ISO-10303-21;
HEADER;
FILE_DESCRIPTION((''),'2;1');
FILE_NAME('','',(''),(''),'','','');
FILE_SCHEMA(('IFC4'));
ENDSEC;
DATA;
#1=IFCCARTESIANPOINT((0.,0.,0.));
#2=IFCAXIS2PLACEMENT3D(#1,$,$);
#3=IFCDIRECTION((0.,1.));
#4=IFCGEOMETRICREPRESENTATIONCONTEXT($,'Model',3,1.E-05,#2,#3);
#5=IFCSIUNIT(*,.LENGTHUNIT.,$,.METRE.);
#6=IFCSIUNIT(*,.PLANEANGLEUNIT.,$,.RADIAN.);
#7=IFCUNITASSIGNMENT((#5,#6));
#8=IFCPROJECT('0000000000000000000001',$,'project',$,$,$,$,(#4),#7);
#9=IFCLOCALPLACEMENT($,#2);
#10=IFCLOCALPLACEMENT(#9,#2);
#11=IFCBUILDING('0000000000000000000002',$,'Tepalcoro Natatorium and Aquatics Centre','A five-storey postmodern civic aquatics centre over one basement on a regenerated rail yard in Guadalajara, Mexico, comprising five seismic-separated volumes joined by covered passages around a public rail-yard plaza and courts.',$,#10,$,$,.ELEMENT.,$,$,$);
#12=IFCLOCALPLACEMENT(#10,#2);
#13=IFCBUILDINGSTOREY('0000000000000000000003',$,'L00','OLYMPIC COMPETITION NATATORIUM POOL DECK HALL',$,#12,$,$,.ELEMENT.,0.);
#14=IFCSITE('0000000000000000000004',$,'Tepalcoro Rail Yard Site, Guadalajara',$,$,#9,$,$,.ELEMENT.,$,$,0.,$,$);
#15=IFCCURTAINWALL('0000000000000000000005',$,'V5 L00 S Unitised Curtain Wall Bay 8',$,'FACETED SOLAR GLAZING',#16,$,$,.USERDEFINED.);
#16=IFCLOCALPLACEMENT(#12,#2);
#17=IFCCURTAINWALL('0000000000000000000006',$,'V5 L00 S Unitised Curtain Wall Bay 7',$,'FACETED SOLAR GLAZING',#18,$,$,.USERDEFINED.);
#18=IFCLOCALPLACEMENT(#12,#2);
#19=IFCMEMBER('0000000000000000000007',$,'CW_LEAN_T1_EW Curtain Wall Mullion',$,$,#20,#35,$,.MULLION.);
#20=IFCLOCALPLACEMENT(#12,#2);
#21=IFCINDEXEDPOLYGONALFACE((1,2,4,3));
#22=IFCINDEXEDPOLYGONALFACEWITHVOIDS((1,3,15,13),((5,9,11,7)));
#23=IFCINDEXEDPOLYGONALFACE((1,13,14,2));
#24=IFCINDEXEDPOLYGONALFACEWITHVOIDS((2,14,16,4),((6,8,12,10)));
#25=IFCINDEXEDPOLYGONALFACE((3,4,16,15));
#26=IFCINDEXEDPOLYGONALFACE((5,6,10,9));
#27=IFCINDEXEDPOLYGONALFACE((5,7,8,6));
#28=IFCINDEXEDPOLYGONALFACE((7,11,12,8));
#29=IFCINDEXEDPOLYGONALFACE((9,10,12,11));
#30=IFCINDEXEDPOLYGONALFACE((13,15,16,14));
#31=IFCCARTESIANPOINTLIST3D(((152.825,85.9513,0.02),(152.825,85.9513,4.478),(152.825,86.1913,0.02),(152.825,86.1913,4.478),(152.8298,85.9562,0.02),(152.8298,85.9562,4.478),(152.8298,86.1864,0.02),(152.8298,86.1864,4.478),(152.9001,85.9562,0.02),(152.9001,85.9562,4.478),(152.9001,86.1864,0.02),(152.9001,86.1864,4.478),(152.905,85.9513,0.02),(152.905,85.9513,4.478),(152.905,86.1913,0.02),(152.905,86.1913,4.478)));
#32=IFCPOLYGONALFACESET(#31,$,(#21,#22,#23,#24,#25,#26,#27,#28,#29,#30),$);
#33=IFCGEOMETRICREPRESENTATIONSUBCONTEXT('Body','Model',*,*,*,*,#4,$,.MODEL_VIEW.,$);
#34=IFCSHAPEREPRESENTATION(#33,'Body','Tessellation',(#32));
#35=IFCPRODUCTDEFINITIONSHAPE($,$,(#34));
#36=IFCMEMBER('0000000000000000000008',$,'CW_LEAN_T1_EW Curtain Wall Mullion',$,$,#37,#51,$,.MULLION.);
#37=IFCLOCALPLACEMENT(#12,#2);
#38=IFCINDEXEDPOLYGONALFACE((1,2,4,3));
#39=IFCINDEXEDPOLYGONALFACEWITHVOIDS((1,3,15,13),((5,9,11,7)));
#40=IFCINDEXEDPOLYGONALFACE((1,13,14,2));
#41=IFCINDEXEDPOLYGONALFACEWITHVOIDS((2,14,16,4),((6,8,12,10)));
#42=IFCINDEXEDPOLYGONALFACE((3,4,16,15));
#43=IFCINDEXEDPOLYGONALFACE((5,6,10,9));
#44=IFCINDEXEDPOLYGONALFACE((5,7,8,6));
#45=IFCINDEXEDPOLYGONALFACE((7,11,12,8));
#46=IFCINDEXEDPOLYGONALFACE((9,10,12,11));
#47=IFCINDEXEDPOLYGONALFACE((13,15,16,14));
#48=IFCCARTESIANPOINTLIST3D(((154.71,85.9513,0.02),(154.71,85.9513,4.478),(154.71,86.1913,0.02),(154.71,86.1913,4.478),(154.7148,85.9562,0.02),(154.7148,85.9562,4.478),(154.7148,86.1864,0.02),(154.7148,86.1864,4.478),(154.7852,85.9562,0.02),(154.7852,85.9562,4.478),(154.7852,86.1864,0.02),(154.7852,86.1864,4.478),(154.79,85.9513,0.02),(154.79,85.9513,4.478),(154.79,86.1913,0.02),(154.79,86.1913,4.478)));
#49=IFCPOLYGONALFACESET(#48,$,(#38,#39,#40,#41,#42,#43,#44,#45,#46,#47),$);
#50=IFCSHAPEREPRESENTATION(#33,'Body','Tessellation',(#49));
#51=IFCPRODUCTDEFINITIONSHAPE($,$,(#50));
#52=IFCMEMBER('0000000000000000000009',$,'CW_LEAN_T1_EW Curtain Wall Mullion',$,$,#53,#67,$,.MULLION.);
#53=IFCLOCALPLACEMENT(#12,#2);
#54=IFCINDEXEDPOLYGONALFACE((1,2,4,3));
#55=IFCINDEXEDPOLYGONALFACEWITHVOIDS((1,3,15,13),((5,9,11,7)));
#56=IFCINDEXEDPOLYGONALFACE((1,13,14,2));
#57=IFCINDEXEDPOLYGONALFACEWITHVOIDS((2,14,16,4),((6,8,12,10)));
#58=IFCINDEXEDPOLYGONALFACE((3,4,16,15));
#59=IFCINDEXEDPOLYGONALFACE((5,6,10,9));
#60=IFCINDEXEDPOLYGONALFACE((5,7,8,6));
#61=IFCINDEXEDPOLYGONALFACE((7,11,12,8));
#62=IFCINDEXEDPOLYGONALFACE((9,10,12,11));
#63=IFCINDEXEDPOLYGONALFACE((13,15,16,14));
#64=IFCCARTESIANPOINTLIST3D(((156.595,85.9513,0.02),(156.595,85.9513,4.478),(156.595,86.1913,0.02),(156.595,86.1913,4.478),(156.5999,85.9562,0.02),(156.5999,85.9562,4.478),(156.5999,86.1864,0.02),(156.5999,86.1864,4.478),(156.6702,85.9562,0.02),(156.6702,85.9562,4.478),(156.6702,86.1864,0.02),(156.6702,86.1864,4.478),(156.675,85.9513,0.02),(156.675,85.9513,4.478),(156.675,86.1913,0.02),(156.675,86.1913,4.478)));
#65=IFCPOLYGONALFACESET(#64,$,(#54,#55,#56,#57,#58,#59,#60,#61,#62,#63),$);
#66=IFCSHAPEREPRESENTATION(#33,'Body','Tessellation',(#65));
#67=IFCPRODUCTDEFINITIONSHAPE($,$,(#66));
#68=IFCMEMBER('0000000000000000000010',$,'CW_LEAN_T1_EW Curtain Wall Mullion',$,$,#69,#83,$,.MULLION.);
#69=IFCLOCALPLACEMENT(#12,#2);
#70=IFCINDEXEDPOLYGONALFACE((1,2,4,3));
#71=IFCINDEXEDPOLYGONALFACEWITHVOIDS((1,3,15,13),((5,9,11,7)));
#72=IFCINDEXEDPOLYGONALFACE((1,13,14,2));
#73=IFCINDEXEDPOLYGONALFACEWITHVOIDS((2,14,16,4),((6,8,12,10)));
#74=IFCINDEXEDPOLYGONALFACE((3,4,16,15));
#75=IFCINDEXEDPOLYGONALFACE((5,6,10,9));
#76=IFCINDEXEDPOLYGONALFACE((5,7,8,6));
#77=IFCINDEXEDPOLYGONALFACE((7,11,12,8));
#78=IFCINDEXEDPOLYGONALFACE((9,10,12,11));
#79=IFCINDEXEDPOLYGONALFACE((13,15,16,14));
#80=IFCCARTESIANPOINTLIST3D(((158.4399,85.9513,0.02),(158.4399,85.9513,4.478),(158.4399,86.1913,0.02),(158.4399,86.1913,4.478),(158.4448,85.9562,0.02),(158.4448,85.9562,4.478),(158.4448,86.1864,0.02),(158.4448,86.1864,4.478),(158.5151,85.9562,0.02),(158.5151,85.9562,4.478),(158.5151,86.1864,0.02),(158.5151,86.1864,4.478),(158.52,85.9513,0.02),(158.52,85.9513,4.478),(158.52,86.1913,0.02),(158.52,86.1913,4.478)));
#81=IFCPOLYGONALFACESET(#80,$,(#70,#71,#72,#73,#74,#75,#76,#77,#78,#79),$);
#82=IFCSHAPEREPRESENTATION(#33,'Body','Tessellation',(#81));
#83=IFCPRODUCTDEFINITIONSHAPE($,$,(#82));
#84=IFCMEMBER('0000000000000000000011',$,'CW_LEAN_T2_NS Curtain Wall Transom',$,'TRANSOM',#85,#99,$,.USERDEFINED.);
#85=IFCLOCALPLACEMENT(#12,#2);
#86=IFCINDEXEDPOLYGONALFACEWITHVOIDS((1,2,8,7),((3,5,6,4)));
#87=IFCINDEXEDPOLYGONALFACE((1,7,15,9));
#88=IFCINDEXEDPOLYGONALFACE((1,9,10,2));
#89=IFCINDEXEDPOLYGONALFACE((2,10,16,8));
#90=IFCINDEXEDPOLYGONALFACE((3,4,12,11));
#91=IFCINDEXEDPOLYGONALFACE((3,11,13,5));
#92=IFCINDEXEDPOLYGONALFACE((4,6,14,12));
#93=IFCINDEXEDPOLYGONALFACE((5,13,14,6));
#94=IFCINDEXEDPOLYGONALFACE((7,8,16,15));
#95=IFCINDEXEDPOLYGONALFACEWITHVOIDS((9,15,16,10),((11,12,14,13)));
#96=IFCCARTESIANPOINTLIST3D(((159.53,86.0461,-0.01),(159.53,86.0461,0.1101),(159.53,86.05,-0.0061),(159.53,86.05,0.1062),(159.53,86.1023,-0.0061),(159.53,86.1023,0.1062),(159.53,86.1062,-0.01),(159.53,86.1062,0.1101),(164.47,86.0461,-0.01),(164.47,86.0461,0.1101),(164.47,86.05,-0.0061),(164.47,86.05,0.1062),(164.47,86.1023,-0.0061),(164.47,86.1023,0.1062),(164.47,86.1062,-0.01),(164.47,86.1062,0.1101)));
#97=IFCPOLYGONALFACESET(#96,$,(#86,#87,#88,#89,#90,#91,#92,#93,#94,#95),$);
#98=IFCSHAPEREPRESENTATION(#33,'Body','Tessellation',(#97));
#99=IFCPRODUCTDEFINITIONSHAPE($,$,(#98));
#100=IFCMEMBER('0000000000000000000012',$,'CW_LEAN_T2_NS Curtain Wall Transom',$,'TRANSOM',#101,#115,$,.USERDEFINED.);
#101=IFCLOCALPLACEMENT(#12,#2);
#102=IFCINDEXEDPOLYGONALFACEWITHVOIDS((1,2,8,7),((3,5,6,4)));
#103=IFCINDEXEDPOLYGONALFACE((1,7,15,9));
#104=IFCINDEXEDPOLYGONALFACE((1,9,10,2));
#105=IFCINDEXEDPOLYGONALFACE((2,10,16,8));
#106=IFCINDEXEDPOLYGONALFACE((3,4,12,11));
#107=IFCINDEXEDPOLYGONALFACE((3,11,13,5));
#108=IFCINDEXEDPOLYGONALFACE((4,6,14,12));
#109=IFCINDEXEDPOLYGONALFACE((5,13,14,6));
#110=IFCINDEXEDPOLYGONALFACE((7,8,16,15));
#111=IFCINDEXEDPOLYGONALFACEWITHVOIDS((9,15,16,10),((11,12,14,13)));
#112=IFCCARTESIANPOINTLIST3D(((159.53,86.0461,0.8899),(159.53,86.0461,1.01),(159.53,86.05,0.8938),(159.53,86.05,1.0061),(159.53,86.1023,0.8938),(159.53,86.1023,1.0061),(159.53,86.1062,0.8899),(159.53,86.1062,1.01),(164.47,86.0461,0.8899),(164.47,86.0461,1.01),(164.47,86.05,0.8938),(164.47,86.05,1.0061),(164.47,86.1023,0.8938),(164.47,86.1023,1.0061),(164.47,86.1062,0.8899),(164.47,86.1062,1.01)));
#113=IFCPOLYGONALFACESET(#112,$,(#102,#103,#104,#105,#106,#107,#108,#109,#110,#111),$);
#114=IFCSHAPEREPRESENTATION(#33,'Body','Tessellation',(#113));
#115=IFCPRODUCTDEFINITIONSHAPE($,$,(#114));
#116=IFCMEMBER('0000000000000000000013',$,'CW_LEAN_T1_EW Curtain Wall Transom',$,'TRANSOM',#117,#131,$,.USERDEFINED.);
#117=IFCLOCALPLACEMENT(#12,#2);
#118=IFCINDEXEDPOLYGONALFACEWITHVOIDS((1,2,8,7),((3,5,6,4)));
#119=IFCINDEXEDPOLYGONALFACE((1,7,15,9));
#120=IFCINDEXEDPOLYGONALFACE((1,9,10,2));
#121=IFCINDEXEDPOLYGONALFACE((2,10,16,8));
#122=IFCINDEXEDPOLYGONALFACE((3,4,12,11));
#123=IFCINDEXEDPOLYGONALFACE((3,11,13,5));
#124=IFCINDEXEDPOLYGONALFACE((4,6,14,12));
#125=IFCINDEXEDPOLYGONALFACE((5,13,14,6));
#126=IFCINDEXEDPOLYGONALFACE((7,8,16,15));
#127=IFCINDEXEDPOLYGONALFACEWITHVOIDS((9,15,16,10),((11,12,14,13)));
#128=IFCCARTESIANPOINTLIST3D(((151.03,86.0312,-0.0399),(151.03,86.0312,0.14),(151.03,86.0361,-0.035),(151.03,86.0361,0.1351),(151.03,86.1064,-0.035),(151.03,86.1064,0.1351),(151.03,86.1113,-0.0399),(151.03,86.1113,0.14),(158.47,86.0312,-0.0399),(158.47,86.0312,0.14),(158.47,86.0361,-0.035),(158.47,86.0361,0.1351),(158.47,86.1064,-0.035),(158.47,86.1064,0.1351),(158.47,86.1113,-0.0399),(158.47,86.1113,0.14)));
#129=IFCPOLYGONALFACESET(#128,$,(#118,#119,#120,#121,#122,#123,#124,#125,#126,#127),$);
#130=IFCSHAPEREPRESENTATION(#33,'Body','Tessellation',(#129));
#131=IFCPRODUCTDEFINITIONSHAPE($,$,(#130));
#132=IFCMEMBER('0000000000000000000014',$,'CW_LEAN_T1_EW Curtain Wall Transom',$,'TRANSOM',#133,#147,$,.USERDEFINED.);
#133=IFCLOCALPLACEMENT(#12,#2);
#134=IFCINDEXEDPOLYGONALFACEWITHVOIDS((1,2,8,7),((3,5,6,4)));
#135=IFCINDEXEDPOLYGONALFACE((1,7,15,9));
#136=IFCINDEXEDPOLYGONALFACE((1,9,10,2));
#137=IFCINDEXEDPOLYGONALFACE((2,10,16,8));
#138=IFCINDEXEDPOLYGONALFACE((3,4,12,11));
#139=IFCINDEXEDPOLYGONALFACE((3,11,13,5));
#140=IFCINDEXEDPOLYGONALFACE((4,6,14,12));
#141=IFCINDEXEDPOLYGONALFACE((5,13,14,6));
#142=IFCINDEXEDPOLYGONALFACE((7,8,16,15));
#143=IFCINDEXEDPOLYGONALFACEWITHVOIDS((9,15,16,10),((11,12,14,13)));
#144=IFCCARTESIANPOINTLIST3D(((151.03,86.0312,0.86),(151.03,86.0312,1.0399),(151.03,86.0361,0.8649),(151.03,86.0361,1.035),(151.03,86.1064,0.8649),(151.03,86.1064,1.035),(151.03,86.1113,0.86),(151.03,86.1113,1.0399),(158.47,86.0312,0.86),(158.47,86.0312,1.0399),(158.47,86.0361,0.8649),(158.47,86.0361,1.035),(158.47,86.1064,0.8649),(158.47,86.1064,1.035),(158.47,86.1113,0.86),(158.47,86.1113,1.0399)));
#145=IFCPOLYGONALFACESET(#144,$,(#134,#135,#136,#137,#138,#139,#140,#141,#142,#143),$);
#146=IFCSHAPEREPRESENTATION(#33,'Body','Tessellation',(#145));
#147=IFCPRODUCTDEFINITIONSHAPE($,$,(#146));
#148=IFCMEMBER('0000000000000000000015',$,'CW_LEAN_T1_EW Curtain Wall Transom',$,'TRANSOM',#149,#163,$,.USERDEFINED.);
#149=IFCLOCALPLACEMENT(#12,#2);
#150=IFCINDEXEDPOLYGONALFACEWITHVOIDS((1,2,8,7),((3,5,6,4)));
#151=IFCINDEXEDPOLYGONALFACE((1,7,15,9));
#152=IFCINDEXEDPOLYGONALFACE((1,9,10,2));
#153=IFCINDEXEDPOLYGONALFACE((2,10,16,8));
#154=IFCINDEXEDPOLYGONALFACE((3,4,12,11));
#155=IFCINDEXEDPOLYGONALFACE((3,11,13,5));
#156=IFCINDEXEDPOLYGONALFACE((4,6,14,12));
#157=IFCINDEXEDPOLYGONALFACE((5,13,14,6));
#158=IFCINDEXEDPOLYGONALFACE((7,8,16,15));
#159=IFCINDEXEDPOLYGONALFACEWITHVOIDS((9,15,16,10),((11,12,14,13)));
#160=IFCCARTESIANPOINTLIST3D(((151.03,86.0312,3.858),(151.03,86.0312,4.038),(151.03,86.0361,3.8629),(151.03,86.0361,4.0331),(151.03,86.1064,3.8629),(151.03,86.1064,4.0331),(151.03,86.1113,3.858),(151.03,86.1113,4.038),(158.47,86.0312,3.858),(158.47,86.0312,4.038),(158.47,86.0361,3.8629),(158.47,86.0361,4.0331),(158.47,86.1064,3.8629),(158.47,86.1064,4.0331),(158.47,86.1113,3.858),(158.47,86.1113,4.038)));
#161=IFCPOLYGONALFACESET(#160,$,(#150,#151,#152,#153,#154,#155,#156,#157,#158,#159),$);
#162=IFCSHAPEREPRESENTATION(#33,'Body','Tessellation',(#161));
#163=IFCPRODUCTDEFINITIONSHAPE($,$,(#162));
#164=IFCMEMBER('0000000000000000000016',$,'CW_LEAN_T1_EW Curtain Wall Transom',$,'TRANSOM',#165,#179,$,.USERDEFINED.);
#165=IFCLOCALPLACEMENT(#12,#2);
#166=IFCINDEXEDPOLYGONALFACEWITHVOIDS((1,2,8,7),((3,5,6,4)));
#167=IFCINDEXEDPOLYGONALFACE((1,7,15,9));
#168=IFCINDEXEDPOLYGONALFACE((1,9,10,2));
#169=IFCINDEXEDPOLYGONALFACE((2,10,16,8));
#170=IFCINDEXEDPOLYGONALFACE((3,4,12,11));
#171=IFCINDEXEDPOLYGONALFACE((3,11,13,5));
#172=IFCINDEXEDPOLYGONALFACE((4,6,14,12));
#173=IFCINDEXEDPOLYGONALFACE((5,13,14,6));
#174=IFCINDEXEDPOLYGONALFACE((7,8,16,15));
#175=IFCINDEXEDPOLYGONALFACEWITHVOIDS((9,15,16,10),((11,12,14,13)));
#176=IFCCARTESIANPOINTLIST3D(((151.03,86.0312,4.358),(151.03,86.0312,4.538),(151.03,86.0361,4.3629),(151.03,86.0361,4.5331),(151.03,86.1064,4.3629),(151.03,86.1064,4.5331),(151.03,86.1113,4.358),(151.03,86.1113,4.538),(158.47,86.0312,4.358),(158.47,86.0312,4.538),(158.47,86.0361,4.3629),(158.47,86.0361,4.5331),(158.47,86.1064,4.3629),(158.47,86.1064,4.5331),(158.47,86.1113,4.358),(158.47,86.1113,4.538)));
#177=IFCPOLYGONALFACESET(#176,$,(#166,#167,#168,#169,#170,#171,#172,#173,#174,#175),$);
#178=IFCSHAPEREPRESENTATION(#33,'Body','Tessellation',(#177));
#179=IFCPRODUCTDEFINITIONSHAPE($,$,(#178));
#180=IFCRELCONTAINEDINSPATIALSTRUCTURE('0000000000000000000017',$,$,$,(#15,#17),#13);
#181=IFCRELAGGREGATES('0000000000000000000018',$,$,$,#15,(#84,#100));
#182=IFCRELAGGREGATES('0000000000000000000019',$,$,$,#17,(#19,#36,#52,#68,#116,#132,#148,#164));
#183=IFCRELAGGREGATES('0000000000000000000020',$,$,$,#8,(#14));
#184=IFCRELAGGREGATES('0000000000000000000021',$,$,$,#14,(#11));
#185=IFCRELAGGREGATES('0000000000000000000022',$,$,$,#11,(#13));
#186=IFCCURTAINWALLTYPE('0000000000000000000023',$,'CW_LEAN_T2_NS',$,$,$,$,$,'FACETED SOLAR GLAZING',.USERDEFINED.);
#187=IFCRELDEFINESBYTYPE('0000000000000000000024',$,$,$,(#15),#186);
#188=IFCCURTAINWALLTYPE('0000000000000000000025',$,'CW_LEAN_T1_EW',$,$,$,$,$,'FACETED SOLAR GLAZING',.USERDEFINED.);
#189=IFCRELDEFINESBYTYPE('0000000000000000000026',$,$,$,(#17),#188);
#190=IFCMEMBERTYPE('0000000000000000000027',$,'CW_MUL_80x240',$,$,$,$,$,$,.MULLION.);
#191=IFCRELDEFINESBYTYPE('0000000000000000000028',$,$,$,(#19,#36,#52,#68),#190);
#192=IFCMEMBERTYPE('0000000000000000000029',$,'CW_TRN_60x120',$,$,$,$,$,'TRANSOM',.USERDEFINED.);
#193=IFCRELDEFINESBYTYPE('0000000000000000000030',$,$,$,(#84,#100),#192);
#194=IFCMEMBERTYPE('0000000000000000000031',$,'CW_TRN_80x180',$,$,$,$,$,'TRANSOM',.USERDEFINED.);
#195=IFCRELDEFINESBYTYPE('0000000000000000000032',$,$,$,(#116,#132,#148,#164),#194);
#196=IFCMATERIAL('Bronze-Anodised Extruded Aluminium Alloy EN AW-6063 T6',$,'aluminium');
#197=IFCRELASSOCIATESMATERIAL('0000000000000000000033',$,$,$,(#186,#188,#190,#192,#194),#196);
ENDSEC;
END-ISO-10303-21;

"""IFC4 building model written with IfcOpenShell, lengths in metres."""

from ifc_helpers import new_model, si_unit, direction, frame, origin, origin_2d, place, context, subcontext, project, spatial, hollow_rectangle, extrude, material, material_profile, profile_set, type_object, element, aggregate, save


model = new_model("IFC4")

# Units and contexts
model_context = context("Model", 3, precision=1e-05, world=origin(), true_north=direction((0.0, 1.0)))
body_context = subcontext(model_context, "Body", "Model", "MODEL_VIEW")
ifc_project = project(units=[si_unit("LENGTHUNIT", "METRE"), si_unit("PLANEANGLEUNIT", "RADIAN")], contexts=[model_context])

# Site, building, storey
site_placement = place(None, origin())
site = spatial("IfcSite", under=ifc_project, at=site_placement, Name="Tepalcoro Rail Yard Site, Guadalajara", CompositionType="ELEMENT", RefElevation=0.0)
building_placement = place(site_placement, origin())
building = spatial("IfcBuilding", under=site, at=building_placement, Name="Tepalcoro Natatorium and Aquatics Centre", Description="A five-storey postmodern civic aquatics centre over one basement on a regenerated rail yard in Guadalajara, Mexico, comprising five seismic-separated volumes joined by covered passages around a public rail-yard plaza and courts.", CompositionType="ELEMENT")
storey_placement = place(building_placement, origin())
storey = spatial("IfcBuildingStorey", under=building, at=storey_placement, Name="L00", Description="OLYMPIC COMPETITION NATATORIUM POOL DECK HALL", CompositionType="ELEMENT", Elevation=0.0)

# Curtain wall
ifc_material_1 = material(Name="Bronze-Anodised Extruded Aluminium Alloy EN AW-6063 T6", Category="aluminium")
curtain_wall_type_1 = type_object("IfcCurtainWallType", Name="CW_LEAN_T2_NS", ElementType="FACETED SOLAR GLAZING", PredefinedType="USERDEFINED", material=ifc_material_1)
curtain_wall_1_placement = place(storey_placement, origin())
curtain_wall_1 = element("IfcCurtainWall", 1, at=curtain_wall_1_placement, inside=storey, type_object=curtain_wall_type_1, Name="V5 L00 S Unitised Curtain Wall Bay 8", ObjectType="FACETED SOLAR GLAZING", PredefinedType="USERDEFINED")

# Curtain wall, members
curtain_wall_type_2 = type_object("IfcCurtainWallType", Name="CW_LEAN_T1_EW", ElementType="FACETED SOLAR GLAZING", PredefinedType="USERDEFINED", material=ifc_material_1)
curtain_wall_2_placement = place(storey_placement, origin())
curtain_wall_2 = element("IfcCurtainWall", 2, at=curtain_wall_2_placement, inside=storey, type_object=curtain_wall_type_2, Name="V5 L00 S Unitised Curtain Wall Bay 7", ObjectType="FACETED SOLAR GLAZING", PredefinedType="USERDEFINED")
ifc_material_profile_1 = material_profile(ifc_material_1, hollow_rectangle(XDim=0.0801, YDim=0.24, WallThickness=0.0049, at=origin_2d()), Name="AL80X240X5")
ifc_profile_set_1 = profile_set([ifc_material_profile_1], Name="Bronze-Anodised Extruded Aluminium Alloy EN AW-6063 T6")
member_type_1 = type_object("IfcMemberType", Name="CW_MUL_80x240", PredefinedType="MULLION", material=ifc_profile_set_1)
member_1_placement = place(storey_placement, frame((152.865, 86.0713, 0.02), z_axis=(0.0, 0.0, 1.0), x_axis=(1.0, 0.0, 0.0)))
member_1 = element("IfcMember", 3, at=member_1_placement, type_object=member_type_1, Name="CW_LEAN_T1_EW Curtain Wall Mullion", PredefinedType="MULLION", context=body_context, shape_type="SweptSolid", body=[
    extrude(hollow_rectangle(XDim=0.0801, YDim=0.24, WallThickness=0.0049, at=origin_2d()), origin(), (0.0, 0.0, 1.0), 4.458),
])
member_2_placement = place(storey_placement, frame((154.75, 86.0713, 0.02), z_axis=(0.0, 0.0, 1.0), x_axis=(1.0, 0.0, 0.0)))
member_2 = element("IfcMember", 4, at=member_2_placement, type_object=member_type_1, Name="CW_LEAN_T1_EW Curtain Wall Mullion", PredefinedType="MULLION", context=body_context, shape_type="SweptSolid", body=[
    extrude(hollow_rectangle(XDim=0.0801, YDim=0.24, WallThickness=0.0049, at=origin_2d()), origin(), (0.0, 0.0, 1.0), 4.458),
])
member_3_placement = place(storey_placement, frame((156.635, 86.0713, 0.02), z_axis=(0.0, 0.0, 1.0), x_axis=(1.0, 0.0, 0.0)))
member_3 = element("IfcMember", 5, at=member_3_placement, type_object=member_type_1, Name="CW_LEAN_T1_EW Curtain Wall Mullion", PredefinedType="MULLION", context=body_context, shape_type="SweptSolid", body=[
    extrude(hollow_rectangle(XDim=0.0801, YDim=0.24, WallThickness=0.0049, at=origin_2d()), origin(), (0.0, 0.0, 1.0), 4.458),
])
member_4_placement = place(storey_placement, frame((158.48, 86.0713, 0.02), z_axis=(0.0, 0.0, 1.0), x_axis=(1.0, 0.0, 0.0)))
member_4 = element("IfcMember", 6, at=member_4_placement, type_object=member_type_1, Name="CW_LEAN_T1_EW Curtain Wall Mullion", PredefinedType="MULLION", context=body_context, shape_type="SweptSolid", body=[
    extrude(hollow_rectangle(XDim=0.0801, YDim=0.24, WallThickness=0.0049, at=origin_2d()), origin(), (0.0, 0.0, 1.0), 4.458),
])

# Members
ifc_material_profile_2 = material_profile(ifc_material_1, hollow_rectangle(XDim=0.0601, YDim=0.1201, WallThickness=0.0039, at=origin_2d()), Name="AL60X120X4")
ifc_profile_set_2 = profile_set([ifc_material_profile_2], Name="Bronze-Anodised Extruded Aluminium Alloy EN AW-6063 T6")
member_type_2 = type_object("IfcMemberType", Name="CW_TRN_60x120", ElementType="TRANSOM", PredefinedType="USERDEFINED", material=ifc_profile_set_2)
member_5_placement = place(storey_placement, frame((159.53, 86.0762, 0.05), z_axis=(1.0, 0.0, 0.0), x_axis=(0.0, 1.0, 0.0)))
member_5 = element("IfcMember", 7, at=member_5_placement, type_object=member_type_2, Name="CW_LEAN_T2_NS Curtain Wall Transom", ObjectType="TRANSOM", PredefinedType="USERDEFINED", context=body_context, shape_type="SweptSolid", body=[
    extrude(hollow_rectangle(XDim=0.0601, YDim=0.1201, WallThickness=0.0039, at=origin_2d()), origin(), (0.0, 0.0, 1.0), 4.9399),
])
member_6_placement = place(storey_placement, frame((159.53, 86.0762, 0.95), z_axis=(1.0, 0.0, 0.0), x_axis=(0.0, 1.0, 0.0)))
member_6 = element("IfcMember", 8, at=member_6_placement, type_object=member_type_2, Name="CW_LEAN_T2_NS Curtain Wall Transom", ObjectType="TRANSOM", PredefinedType="USERDEFINED", context=body_context, shape_type="SweptSolid", body=[
    extrude(hollow_rectangle(XDim=0.0601, YDim=0.1201, WallThickness=0.0039, at=origin_2d()), origin(), (0.0, 0.0, 1.0), 4.9399),
])
aggregate(curtain_wall_1, [member_5, member_6])
ifc_material_profile_3 = material_profile(ifc_material_1, hollow_rectangle(XDim=0.0801, YDim=0.1799, WallThickness=0.0049, at=origin_2d()), Name="AL80X180X5")
ifc_profile_set_3 = profile_set([ifc_material_profile_3], Name="Bronze-Anodised Extruded Aluminium Alloy EN AW-6063 T6")
member_type_3 = type_object("IfcMemberType", Name="CW_TRN_80x180", ElementType="TRANSOM", PredefinedType="USERDEFINED", material=ifc_profile_set_3)
member_7_placement = place(storey_placement, frame((151.03, 86.0713, 0.05), z_axis=(1.0, 0.0, 0.0), x_axis=(0.0, 1.0, 0.0)))
member_7 = element("IfcMember", 9, at=member_7_placement, type_object=member_type_3, Name="CW_LEAN_T1_EW Curtain Wall Transom", ObjectType="TRANSOM", PredefinedType="USERDEFINED", context=body_context, shape_type="SweptSolid", body=[
    extrude(hollow_rectangle(XDim=0.0801, YDim=0.1799, WallThickness=0.0049, at=origin_2d()), origin(), (0.0, 0.0, 1.0), 7.4399),
])
member_8_placement = place(storey_placement, frame((151.03, 86.0713, 0.95), z_axis=(1.0, 0.0, 0.0), x_axis=(0.0, 1.0, 0.0)))
member_8 = element("IfcMember", 10, at=member_8_placement, type_object=member_type_3, Name="CW_LEAN_T1_EW Curtain Wall Transom", ObjectType="TRANSOM", PredefinedType="USERDEFINED", context=body_context, shape_type="SweptSolid", body=[
    extrude(hollow_rectangle(XDim=0.0801, YDim=0.1799, WallThickness=0.0049, at=origin_2d()), origin(), (0.0, 0.0, 1.0), 7.4399),
])
member_9_placement = place(storey_placement, frame((151.03, 86.0713, 3.948), z_axis=(1.0, 0.0, 0.0), x_axis=(0.0, 1.0, 0.0)))
member_9 = element("IfcMember", 11, at=member_9_placement, type_object=member_type_3, Name="CW_LEAN_T1_EW Curtain Wall Transom", ObjectType="TRANSOM", PredefinedType="USERDEFINED", context=body_context, shape_type="SweptSolid", body=[
    extrude(hollow_rectangle(XDim=0.0801, YDim=0.1799, WallThickness=0.0049, at=origin_2d()), origin(), (0.0, 0.0, 1.0), 7.4399),
])
member_10_placement = place(storey_placement, frame((151.03, 86.0713, 4.448), z_axis=(1.0, 0.0, 0.0), x_axis=(0.0, 1.0, 0.0)))
member_10 = element("IfcMember", 12, at=member_10_placement, type_object=member_type_3, Name="CW_LEAN_T1_EW Curtain Wall Transom", ObjectType="TRANSOM", PredefinedType="USERDEFINED", context=body_context, shape_type="SweptSolid", body=[
    extrude(hollow_rectangle(XDim=0.0801, YDim=0.1799, WallThickness=0.0049, at=origin_2d()), origin(), (0.0, 0.0, 1.0), 7.4399),
])

aggregate(curtain_wall_2, [member_1, member_2, member_3, member_4, member_7, member_8, member_9, member_10])

save(model, "model.ifc")
